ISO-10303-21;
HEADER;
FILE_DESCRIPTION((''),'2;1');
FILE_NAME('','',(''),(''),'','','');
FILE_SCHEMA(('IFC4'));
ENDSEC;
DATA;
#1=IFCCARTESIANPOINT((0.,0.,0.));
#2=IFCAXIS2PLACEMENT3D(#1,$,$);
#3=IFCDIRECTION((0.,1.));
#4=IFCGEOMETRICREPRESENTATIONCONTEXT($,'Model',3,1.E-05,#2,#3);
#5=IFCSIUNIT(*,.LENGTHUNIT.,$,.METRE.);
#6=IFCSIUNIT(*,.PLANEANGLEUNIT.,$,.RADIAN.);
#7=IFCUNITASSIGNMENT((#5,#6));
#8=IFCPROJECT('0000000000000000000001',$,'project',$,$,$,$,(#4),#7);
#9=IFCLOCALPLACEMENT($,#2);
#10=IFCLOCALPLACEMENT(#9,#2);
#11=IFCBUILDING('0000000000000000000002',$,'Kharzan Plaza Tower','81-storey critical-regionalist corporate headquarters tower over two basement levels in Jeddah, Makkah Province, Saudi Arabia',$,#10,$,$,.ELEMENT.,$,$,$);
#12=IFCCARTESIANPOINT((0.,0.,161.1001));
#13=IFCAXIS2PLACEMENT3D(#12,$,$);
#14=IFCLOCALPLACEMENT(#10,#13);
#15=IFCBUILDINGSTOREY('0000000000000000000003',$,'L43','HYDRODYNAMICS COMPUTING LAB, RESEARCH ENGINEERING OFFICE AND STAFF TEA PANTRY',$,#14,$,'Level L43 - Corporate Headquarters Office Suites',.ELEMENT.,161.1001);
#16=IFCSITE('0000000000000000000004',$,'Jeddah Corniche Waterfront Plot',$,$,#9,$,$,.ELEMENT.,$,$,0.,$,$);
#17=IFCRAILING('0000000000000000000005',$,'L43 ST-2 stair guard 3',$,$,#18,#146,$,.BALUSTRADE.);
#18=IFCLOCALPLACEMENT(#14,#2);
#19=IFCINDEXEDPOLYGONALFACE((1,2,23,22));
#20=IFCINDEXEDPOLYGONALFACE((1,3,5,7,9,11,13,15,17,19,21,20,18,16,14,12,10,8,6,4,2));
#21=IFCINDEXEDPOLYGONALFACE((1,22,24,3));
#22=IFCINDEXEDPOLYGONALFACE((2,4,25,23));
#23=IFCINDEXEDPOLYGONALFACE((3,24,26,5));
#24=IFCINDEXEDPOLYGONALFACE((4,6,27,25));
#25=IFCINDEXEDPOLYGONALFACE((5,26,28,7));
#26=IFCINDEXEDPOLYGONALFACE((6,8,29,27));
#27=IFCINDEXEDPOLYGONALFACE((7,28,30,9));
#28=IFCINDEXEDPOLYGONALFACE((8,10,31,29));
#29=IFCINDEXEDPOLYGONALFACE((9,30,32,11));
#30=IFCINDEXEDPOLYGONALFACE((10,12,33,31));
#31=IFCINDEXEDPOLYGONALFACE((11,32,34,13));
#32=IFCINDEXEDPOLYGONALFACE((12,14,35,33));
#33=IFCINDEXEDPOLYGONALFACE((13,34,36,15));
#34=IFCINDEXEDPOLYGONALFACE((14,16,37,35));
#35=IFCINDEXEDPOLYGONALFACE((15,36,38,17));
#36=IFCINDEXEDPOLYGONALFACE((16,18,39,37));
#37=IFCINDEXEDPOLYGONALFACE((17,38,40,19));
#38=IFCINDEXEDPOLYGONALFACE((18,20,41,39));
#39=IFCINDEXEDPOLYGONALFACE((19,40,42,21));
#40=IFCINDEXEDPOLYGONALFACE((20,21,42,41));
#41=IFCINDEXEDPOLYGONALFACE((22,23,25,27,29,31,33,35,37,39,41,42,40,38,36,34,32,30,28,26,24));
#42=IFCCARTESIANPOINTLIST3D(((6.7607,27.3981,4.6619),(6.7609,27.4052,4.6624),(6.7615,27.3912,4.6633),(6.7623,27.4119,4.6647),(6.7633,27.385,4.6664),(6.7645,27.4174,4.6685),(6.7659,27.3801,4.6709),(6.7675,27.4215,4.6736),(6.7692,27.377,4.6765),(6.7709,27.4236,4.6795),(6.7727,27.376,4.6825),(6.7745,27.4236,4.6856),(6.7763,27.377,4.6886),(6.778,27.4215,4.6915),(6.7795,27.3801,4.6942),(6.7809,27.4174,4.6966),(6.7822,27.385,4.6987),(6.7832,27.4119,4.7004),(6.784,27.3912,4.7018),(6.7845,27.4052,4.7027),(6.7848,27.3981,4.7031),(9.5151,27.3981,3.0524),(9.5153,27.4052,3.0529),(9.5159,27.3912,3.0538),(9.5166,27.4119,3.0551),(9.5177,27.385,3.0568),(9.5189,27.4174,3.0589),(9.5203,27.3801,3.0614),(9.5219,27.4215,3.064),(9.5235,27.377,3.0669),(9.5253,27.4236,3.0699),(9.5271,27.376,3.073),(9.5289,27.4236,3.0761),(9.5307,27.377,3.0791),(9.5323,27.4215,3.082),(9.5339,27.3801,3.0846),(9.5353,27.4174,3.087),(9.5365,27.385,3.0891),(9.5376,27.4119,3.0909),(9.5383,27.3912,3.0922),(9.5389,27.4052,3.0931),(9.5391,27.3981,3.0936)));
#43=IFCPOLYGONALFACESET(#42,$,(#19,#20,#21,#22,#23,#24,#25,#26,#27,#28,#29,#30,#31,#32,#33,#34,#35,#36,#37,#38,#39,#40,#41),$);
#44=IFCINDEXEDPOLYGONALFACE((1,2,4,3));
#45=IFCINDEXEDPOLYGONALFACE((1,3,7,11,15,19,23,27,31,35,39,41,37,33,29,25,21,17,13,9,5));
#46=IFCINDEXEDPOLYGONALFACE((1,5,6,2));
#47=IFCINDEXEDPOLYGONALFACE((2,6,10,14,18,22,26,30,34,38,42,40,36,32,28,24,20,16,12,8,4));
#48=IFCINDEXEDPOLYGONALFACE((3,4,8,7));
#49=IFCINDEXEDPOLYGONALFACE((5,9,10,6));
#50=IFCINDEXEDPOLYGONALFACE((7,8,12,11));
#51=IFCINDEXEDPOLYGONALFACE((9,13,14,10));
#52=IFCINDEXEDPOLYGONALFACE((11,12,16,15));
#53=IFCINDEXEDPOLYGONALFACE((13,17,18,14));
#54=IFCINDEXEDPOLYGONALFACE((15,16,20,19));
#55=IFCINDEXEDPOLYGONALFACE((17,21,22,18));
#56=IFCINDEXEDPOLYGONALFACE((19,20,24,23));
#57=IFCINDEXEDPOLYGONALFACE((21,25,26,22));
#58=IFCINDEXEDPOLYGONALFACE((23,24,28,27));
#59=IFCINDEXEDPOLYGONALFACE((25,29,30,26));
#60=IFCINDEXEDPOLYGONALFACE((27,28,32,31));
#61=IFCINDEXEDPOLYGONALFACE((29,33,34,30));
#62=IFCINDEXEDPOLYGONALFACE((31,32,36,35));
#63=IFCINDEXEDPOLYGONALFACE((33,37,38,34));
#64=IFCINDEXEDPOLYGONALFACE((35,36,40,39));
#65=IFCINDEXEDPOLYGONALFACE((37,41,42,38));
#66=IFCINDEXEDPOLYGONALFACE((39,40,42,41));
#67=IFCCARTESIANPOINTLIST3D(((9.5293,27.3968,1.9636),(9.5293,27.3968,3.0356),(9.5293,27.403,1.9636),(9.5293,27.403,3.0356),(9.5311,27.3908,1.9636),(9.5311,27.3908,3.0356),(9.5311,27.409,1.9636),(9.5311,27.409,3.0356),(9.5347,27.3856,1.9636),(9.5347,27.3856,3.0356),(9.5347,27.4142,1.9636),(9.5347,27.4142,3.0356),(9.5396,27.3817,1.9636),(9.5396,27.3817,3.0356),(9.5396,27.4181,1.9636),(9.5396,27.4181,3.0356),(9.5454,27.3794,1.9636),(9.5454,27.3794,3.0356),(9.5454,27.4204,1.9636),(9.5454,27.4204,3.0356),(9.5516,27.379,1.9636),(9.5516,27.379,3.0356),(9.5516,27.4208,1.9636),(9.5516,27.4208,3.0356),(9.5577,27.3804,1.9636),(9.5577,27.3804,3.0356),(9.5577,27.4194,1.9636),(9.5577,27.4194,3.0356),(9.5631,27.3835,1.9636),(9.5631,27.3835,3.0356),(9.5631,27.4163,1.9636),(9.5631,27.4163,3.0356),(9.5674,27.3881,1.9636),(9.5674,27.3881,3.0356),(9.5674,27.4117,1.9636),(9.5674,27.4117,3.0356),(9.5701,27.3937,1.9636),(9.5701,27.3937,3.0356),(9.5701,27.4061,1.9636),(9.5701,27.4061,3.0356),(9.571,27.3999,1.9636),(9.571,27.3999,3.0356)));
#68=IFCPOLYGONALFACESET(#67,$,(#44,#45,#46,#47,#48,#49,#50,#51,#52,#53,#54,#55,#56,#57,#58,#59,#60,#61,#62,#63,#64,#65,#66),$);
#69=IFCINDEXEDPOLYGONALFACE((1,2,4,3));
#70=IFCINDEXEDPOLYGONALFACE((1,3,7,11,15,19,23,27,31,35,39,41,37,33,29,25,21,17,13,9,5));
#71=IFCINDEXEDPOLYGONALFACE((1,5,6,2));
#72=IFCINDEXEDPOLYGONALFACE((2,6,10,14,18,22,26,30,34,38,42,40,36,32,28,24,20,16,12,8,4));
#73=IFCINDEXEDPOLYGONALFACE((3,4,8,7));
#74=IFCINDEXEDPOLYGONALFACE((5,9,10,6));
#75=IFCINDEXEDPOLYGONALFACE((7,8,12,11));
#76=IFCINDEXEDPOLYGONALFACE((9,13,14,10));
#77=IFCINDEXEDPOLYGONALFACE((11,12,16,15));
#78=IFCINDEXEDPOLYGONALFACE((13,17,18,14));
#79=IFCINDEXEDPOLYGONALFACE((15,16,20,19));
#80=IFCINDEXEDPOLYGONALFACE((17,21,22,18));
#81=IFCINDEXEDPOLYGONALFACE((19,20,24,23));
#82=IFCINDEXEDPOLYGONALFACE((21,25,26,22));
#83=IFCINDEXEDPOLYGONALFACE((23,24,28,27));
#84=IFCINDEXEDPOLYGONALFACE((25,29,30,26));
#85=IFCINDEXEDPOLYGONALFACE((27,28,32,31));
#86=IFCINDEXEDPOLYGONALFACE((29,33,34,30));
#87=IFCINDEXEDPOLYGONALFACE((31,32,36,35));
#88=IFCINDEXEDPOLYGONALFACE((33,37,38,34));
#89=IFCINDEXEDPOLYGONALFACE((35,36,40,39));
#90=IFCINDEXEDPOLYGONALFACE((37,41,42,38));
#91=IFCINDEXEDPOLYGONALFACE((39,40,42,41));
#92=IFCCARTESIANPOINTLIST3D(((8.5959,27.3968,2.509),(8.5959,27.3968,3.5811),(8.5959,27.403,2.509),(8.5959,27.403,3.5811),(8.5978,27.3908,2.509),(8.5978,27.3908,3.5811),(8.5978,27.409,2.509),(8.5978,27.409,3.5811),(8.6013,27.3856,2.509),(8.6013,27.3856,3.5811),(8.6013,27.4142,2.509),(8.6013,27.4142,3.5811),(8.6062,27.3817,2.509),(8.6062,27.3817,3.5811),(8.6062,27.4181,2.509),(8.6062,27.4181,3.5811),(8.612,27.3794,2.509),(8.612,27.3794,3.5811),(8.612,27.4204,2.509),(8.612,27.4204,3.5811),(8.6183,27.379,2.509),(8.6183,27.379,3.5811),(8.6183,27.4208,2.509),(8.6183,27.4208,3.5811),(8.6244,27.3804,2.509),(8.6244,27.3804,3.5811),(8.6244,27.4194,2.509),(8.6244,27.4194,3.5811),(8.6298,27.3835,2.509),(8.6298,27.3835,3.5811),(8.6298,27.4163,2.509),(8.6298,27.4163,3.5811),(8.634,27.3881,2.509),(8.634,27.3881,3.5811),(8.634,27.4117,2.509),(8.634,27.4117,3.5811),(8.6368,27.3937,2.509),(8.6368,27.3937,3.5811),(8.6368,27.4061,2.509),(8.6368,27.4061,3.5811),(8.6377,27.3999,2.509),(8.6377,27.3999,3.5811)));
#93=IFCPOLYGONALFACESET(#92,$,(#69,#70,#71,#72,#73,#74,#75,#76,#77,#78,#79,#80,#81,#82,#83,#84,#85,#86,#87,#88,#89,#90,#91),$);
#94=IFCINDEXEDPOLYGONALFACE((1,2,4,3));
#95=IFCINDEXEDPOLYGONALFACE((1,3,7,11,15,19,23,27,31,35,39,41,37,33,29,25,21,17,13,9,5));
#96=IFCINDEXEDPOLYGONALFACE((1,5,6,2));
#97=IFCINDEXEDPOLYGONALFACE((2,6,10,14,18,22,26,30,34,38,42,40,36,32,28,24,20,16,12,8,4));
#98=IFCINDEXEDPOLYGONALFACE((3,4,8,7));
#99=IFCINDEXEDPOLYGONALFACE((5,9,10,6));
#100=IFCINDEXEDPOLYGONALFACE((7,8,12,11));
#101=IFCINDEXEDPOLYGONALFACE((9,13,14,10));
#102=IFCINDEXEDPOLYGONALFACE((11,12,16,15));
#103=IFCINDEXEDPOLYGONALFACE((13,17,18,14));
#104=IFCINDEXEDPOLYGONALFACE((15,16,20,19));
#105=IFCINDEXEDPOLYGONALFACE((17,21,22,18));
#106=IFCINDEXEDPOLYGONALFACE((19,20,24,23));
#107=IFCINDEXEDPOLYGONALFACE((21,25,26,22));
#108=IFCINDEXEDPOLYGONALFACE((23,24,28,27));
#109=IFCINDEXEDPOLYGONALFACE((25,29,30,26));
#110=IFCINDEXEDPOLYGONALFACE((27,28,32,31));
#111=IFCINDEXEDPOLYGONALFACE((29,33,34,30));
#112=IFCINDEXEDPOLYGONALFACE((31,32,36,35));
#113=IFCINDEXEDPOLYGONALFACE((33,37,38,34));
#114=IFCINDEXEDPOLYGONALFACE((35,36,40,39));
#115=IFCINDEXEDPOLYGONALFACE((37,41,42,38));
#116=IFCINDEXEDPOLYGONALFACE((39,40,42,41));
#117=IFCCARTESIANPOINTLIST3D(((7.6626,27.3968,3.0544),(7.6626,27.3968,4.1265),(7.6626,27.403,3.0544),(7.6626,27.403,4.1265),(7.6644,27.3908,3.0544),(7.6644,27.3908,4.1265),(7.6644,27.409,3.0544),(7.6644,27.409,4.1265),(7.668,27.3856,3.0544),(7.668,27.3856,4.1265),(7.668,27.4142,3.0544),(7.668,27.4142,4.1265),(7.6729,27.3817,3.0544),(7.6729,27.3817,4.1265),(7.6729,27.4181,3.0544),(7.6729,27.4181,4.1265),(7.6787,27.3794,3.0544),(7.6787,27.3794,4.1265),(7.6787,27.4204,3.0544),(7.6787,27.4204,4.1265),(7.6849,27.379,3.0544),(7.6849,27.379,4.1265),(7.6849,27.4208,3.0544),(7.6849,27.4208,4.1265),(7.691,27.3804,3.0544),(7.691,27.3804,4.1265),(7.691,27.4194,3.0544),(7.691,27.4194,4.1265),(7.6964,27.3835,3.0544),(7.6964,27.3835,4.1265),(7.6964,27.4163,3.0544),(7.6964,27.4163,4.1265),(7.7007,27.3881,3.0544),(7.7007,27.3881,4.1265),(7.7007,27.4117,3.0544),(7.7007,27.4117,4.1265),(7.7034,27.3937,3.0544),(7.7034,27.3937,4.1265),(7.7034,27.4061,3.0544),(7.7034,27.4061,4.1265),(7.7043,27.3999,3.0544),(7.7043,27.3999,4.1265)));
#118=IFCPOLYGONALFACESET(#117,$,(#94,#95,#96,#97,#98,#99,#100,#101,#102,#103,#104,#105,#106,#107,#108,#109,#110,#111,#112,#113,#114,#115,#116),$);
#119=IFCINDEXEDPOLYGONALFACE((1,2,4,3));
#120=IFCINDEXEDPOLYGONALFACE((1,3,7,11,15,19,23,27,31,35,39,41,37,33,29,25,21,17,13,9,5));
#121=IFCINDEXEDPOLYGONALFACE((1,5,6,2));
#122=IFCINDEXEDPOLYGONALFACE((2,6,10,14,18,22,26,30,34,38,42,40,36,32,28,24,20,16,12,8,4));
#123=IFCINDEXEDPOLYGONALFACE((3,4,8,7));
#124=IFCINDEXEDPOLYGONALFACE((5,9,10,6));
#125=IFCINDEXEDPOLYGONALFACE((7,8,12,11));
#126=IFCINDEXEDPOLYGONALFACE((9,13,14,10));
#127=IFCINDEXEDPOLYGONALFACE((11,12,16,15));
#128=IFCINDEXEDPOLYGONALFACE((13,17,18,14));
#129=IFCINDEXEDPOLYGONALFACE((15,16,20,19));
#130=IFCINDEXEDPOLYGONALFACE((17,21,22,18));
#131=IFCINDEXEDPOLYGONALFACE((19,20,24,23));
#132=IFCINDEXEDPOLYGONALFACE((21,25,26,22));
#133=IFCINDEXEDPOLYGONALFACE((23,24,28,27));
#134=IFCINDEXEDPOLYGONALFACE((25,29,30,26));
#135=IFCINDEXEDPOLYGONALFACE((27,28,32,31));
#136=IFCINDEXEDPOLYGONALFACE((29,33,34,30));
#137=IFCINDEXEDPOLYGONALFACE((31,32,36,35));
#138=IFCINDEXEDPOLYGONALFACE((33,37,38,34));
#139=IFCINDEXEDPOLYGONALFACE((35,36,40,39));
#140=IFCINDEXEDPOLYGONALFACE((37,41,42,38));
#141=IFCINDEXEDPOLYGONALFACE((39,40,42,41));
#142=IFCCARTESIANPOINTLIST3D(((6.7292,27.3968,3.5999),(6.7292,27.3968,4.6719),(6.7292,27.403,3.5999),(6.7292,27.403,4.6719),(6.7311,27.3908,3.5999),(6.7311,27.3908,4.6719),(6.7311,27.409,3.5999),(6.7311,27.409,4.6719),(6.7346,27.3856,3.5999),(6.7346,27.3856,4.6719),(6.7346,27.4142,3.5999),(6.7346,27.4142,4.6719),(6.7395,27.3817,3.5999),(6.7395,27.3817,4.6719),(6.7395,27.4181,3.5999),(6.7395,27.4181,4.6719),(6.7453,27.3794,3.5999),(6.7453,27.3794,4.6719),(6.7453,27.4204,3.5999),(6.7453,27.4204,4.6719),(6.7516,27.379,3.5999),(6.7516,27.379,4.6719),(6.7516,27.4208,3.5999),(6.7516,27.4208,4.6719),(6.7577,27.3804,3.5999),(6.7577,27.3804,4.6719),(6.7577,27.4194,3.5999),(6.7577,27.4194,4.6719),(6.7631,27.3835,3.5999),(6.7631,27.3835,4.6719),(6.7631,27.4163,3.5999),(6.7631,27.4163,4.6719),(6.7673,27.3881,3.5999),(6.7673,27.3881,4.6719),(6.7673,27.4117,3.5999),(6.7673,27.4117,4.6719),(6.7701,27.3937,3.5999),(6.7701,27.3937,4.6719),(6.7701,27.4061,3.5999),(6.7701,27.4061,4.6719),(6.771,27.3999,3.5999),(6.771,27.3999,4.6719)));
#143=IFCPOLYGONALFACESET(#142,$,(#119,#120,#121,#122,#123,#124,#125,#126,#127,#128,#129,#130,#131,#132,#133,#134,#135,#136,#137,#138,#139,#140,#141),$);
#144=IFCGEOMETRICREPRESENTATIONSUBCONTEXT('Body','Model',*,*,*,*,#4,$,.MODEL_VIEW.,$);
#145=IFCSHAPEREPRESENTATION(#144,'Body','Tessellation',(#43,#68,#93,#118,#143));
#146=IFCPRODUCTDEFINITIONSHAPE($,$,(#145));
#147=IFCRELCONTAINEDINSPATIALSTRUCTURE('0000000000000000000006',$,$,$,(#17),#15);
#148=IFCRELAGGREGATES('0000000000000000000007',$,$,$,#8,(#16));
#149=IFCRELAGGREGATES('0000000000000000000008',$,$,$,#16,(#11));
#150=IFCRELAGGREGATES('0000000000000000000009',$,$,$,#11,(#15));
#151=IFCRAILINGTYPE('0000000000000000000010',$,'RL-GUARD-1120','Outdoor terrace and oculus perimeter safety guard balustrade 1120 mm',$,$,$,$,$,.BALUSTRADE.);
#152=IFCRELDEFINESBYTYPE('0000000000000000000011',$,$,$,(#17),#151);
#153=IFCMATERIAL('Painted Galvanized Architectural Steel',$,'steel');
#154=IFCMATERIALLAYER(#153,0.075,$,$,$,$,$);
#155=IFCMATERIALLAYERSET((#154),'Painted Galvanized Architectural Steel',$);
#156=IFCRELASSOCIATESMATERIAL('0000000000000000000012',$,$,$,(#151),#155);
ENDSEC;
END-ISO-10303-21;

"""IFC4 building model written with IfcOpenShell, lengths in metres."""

from ifc_helpers import new_model, si_unit, direction, frame, origin, origin_2d, place, context, subcontext, project, spatial, circle, extrude, source, transform, mapped, material, layer, layer_set, type_object, element, save


model = new_model("IFC4")

# Units and contexts
model_context = context("Model", 3, precision=1e-05, world=origin(), true_north=direction((0.0, 1.0)))
body_context = subcontext(model_context, "Body", "Model", "MODEL_VIEW")
ifc_project = project(units=[si_unit("LENGTHUNIT", "METRE"), si_unit("PLANEANGLEUNIT", "RADIAN")], contexts=[model_context])

# Site, building, storey
site_placement = place(None, origin())
site = spatial("IfcSite", under=ifc_project, at=site_placement, Name="Jeddah Corniche Waterfront Plot", CompositionType="ELEMENT", RefElevation=0.0)
building_placement = place(site_placement, origin())
building = spatial("IfcBuilding", under=site, at=building_placement, Name="Kharzan Plaza Tower", Description="81-storey critical-regionalist corporate headquarters tower over two basement levels in Jeddah, Makkah Province, Saudi Arabia", CompositionType="ELEMENT")
storey_placement = place(building_placement, frame((0.0, 0.0, 161.1001)))
storey = spatial("IfcBuildingStorey", under=building, at=storey_placement, Name="L43", Description="HYDRODYNAMICS COMPUTING LAB, RESEARCH ENGINEERING OFFICE AND STAFF TEA PANTRY", LongName="Level L43 - Corporate Headquarters Office Suites", CompositionType="ELEMENT", Elevation=161.1001)

# Railing
ifc_material_1 = material(Name="Painted Galvanized Architectural Steel", Category="steel")
ifc_layer_1 = layer(ifc_material_1, 0.075)
ifc_layer_set_1 = layer_set([ifc_layer_1], Name="Painted Galvanized Architectural Steel")
railing_type_1 = type_object("IfcRailingType", Name="RL-GUARD-1120", Description="Outdoor terrace and oculus perimeter safety guard balustrade 1120 mm", PredefinedType="BALUSTRADE", material=ifc_layer_set_1)
shared_shape_1 = source(origin(), body_context, "Body", "SweptSolid", [
    extrude(circle(Radius=0.0239, at=origin_2d()), frame((-0.0229, 0.0, 1.1094), z_axis=(-0.863394, 0.0, 0.504531), x_axis=(0.0, -1.0, 0.0)), (0.0, 0.0, 1.0), 3.1902),
    extrude(circle(Radius=0.021, at=origin_2d()), origin(), (0.0, 0.0, 1.0), 1.072),
    extrude(circle(Radius=0.021, at=origin_2d()), frame((-0.9333, 0.0, 0.5454)), (0.0, 0.0, 1.0), 1.072),
    extrude(circle(Radius=0.021, at=origin_2d()), frame((-1.8667, 0.0, 1.0908)), (0.0, 0.0, 1.0), 1.072),
    extrude(circle(Radius=0.021, at=origin_2d()), frame((-2.8, 0.0, 1.6362)), (0.0, 0.0, 1.0), 1.072),
])
railing_1_placement = place(storey_placement, frame((9.55, 27.3999, 1.9636)))
element("IfcRailing", 1, at=railing_1_placement, inside=storey, type_object=railing_type_1, Name="L43 ST-2 stair guard 3", PredefinedType="BALUSTRADE", context=body_context, shape_type="MappedRepresentation", body=[
    mapped(shared_shape_1, transform((0.0, 0.0, 0.0), x_axis=(1.0, 0.0, 0.0), y_axis=(0.0, 1.0, 0.0), z_axis=(0.0, 0.0, 1.0))),
])

save(model, "model.ifc")
